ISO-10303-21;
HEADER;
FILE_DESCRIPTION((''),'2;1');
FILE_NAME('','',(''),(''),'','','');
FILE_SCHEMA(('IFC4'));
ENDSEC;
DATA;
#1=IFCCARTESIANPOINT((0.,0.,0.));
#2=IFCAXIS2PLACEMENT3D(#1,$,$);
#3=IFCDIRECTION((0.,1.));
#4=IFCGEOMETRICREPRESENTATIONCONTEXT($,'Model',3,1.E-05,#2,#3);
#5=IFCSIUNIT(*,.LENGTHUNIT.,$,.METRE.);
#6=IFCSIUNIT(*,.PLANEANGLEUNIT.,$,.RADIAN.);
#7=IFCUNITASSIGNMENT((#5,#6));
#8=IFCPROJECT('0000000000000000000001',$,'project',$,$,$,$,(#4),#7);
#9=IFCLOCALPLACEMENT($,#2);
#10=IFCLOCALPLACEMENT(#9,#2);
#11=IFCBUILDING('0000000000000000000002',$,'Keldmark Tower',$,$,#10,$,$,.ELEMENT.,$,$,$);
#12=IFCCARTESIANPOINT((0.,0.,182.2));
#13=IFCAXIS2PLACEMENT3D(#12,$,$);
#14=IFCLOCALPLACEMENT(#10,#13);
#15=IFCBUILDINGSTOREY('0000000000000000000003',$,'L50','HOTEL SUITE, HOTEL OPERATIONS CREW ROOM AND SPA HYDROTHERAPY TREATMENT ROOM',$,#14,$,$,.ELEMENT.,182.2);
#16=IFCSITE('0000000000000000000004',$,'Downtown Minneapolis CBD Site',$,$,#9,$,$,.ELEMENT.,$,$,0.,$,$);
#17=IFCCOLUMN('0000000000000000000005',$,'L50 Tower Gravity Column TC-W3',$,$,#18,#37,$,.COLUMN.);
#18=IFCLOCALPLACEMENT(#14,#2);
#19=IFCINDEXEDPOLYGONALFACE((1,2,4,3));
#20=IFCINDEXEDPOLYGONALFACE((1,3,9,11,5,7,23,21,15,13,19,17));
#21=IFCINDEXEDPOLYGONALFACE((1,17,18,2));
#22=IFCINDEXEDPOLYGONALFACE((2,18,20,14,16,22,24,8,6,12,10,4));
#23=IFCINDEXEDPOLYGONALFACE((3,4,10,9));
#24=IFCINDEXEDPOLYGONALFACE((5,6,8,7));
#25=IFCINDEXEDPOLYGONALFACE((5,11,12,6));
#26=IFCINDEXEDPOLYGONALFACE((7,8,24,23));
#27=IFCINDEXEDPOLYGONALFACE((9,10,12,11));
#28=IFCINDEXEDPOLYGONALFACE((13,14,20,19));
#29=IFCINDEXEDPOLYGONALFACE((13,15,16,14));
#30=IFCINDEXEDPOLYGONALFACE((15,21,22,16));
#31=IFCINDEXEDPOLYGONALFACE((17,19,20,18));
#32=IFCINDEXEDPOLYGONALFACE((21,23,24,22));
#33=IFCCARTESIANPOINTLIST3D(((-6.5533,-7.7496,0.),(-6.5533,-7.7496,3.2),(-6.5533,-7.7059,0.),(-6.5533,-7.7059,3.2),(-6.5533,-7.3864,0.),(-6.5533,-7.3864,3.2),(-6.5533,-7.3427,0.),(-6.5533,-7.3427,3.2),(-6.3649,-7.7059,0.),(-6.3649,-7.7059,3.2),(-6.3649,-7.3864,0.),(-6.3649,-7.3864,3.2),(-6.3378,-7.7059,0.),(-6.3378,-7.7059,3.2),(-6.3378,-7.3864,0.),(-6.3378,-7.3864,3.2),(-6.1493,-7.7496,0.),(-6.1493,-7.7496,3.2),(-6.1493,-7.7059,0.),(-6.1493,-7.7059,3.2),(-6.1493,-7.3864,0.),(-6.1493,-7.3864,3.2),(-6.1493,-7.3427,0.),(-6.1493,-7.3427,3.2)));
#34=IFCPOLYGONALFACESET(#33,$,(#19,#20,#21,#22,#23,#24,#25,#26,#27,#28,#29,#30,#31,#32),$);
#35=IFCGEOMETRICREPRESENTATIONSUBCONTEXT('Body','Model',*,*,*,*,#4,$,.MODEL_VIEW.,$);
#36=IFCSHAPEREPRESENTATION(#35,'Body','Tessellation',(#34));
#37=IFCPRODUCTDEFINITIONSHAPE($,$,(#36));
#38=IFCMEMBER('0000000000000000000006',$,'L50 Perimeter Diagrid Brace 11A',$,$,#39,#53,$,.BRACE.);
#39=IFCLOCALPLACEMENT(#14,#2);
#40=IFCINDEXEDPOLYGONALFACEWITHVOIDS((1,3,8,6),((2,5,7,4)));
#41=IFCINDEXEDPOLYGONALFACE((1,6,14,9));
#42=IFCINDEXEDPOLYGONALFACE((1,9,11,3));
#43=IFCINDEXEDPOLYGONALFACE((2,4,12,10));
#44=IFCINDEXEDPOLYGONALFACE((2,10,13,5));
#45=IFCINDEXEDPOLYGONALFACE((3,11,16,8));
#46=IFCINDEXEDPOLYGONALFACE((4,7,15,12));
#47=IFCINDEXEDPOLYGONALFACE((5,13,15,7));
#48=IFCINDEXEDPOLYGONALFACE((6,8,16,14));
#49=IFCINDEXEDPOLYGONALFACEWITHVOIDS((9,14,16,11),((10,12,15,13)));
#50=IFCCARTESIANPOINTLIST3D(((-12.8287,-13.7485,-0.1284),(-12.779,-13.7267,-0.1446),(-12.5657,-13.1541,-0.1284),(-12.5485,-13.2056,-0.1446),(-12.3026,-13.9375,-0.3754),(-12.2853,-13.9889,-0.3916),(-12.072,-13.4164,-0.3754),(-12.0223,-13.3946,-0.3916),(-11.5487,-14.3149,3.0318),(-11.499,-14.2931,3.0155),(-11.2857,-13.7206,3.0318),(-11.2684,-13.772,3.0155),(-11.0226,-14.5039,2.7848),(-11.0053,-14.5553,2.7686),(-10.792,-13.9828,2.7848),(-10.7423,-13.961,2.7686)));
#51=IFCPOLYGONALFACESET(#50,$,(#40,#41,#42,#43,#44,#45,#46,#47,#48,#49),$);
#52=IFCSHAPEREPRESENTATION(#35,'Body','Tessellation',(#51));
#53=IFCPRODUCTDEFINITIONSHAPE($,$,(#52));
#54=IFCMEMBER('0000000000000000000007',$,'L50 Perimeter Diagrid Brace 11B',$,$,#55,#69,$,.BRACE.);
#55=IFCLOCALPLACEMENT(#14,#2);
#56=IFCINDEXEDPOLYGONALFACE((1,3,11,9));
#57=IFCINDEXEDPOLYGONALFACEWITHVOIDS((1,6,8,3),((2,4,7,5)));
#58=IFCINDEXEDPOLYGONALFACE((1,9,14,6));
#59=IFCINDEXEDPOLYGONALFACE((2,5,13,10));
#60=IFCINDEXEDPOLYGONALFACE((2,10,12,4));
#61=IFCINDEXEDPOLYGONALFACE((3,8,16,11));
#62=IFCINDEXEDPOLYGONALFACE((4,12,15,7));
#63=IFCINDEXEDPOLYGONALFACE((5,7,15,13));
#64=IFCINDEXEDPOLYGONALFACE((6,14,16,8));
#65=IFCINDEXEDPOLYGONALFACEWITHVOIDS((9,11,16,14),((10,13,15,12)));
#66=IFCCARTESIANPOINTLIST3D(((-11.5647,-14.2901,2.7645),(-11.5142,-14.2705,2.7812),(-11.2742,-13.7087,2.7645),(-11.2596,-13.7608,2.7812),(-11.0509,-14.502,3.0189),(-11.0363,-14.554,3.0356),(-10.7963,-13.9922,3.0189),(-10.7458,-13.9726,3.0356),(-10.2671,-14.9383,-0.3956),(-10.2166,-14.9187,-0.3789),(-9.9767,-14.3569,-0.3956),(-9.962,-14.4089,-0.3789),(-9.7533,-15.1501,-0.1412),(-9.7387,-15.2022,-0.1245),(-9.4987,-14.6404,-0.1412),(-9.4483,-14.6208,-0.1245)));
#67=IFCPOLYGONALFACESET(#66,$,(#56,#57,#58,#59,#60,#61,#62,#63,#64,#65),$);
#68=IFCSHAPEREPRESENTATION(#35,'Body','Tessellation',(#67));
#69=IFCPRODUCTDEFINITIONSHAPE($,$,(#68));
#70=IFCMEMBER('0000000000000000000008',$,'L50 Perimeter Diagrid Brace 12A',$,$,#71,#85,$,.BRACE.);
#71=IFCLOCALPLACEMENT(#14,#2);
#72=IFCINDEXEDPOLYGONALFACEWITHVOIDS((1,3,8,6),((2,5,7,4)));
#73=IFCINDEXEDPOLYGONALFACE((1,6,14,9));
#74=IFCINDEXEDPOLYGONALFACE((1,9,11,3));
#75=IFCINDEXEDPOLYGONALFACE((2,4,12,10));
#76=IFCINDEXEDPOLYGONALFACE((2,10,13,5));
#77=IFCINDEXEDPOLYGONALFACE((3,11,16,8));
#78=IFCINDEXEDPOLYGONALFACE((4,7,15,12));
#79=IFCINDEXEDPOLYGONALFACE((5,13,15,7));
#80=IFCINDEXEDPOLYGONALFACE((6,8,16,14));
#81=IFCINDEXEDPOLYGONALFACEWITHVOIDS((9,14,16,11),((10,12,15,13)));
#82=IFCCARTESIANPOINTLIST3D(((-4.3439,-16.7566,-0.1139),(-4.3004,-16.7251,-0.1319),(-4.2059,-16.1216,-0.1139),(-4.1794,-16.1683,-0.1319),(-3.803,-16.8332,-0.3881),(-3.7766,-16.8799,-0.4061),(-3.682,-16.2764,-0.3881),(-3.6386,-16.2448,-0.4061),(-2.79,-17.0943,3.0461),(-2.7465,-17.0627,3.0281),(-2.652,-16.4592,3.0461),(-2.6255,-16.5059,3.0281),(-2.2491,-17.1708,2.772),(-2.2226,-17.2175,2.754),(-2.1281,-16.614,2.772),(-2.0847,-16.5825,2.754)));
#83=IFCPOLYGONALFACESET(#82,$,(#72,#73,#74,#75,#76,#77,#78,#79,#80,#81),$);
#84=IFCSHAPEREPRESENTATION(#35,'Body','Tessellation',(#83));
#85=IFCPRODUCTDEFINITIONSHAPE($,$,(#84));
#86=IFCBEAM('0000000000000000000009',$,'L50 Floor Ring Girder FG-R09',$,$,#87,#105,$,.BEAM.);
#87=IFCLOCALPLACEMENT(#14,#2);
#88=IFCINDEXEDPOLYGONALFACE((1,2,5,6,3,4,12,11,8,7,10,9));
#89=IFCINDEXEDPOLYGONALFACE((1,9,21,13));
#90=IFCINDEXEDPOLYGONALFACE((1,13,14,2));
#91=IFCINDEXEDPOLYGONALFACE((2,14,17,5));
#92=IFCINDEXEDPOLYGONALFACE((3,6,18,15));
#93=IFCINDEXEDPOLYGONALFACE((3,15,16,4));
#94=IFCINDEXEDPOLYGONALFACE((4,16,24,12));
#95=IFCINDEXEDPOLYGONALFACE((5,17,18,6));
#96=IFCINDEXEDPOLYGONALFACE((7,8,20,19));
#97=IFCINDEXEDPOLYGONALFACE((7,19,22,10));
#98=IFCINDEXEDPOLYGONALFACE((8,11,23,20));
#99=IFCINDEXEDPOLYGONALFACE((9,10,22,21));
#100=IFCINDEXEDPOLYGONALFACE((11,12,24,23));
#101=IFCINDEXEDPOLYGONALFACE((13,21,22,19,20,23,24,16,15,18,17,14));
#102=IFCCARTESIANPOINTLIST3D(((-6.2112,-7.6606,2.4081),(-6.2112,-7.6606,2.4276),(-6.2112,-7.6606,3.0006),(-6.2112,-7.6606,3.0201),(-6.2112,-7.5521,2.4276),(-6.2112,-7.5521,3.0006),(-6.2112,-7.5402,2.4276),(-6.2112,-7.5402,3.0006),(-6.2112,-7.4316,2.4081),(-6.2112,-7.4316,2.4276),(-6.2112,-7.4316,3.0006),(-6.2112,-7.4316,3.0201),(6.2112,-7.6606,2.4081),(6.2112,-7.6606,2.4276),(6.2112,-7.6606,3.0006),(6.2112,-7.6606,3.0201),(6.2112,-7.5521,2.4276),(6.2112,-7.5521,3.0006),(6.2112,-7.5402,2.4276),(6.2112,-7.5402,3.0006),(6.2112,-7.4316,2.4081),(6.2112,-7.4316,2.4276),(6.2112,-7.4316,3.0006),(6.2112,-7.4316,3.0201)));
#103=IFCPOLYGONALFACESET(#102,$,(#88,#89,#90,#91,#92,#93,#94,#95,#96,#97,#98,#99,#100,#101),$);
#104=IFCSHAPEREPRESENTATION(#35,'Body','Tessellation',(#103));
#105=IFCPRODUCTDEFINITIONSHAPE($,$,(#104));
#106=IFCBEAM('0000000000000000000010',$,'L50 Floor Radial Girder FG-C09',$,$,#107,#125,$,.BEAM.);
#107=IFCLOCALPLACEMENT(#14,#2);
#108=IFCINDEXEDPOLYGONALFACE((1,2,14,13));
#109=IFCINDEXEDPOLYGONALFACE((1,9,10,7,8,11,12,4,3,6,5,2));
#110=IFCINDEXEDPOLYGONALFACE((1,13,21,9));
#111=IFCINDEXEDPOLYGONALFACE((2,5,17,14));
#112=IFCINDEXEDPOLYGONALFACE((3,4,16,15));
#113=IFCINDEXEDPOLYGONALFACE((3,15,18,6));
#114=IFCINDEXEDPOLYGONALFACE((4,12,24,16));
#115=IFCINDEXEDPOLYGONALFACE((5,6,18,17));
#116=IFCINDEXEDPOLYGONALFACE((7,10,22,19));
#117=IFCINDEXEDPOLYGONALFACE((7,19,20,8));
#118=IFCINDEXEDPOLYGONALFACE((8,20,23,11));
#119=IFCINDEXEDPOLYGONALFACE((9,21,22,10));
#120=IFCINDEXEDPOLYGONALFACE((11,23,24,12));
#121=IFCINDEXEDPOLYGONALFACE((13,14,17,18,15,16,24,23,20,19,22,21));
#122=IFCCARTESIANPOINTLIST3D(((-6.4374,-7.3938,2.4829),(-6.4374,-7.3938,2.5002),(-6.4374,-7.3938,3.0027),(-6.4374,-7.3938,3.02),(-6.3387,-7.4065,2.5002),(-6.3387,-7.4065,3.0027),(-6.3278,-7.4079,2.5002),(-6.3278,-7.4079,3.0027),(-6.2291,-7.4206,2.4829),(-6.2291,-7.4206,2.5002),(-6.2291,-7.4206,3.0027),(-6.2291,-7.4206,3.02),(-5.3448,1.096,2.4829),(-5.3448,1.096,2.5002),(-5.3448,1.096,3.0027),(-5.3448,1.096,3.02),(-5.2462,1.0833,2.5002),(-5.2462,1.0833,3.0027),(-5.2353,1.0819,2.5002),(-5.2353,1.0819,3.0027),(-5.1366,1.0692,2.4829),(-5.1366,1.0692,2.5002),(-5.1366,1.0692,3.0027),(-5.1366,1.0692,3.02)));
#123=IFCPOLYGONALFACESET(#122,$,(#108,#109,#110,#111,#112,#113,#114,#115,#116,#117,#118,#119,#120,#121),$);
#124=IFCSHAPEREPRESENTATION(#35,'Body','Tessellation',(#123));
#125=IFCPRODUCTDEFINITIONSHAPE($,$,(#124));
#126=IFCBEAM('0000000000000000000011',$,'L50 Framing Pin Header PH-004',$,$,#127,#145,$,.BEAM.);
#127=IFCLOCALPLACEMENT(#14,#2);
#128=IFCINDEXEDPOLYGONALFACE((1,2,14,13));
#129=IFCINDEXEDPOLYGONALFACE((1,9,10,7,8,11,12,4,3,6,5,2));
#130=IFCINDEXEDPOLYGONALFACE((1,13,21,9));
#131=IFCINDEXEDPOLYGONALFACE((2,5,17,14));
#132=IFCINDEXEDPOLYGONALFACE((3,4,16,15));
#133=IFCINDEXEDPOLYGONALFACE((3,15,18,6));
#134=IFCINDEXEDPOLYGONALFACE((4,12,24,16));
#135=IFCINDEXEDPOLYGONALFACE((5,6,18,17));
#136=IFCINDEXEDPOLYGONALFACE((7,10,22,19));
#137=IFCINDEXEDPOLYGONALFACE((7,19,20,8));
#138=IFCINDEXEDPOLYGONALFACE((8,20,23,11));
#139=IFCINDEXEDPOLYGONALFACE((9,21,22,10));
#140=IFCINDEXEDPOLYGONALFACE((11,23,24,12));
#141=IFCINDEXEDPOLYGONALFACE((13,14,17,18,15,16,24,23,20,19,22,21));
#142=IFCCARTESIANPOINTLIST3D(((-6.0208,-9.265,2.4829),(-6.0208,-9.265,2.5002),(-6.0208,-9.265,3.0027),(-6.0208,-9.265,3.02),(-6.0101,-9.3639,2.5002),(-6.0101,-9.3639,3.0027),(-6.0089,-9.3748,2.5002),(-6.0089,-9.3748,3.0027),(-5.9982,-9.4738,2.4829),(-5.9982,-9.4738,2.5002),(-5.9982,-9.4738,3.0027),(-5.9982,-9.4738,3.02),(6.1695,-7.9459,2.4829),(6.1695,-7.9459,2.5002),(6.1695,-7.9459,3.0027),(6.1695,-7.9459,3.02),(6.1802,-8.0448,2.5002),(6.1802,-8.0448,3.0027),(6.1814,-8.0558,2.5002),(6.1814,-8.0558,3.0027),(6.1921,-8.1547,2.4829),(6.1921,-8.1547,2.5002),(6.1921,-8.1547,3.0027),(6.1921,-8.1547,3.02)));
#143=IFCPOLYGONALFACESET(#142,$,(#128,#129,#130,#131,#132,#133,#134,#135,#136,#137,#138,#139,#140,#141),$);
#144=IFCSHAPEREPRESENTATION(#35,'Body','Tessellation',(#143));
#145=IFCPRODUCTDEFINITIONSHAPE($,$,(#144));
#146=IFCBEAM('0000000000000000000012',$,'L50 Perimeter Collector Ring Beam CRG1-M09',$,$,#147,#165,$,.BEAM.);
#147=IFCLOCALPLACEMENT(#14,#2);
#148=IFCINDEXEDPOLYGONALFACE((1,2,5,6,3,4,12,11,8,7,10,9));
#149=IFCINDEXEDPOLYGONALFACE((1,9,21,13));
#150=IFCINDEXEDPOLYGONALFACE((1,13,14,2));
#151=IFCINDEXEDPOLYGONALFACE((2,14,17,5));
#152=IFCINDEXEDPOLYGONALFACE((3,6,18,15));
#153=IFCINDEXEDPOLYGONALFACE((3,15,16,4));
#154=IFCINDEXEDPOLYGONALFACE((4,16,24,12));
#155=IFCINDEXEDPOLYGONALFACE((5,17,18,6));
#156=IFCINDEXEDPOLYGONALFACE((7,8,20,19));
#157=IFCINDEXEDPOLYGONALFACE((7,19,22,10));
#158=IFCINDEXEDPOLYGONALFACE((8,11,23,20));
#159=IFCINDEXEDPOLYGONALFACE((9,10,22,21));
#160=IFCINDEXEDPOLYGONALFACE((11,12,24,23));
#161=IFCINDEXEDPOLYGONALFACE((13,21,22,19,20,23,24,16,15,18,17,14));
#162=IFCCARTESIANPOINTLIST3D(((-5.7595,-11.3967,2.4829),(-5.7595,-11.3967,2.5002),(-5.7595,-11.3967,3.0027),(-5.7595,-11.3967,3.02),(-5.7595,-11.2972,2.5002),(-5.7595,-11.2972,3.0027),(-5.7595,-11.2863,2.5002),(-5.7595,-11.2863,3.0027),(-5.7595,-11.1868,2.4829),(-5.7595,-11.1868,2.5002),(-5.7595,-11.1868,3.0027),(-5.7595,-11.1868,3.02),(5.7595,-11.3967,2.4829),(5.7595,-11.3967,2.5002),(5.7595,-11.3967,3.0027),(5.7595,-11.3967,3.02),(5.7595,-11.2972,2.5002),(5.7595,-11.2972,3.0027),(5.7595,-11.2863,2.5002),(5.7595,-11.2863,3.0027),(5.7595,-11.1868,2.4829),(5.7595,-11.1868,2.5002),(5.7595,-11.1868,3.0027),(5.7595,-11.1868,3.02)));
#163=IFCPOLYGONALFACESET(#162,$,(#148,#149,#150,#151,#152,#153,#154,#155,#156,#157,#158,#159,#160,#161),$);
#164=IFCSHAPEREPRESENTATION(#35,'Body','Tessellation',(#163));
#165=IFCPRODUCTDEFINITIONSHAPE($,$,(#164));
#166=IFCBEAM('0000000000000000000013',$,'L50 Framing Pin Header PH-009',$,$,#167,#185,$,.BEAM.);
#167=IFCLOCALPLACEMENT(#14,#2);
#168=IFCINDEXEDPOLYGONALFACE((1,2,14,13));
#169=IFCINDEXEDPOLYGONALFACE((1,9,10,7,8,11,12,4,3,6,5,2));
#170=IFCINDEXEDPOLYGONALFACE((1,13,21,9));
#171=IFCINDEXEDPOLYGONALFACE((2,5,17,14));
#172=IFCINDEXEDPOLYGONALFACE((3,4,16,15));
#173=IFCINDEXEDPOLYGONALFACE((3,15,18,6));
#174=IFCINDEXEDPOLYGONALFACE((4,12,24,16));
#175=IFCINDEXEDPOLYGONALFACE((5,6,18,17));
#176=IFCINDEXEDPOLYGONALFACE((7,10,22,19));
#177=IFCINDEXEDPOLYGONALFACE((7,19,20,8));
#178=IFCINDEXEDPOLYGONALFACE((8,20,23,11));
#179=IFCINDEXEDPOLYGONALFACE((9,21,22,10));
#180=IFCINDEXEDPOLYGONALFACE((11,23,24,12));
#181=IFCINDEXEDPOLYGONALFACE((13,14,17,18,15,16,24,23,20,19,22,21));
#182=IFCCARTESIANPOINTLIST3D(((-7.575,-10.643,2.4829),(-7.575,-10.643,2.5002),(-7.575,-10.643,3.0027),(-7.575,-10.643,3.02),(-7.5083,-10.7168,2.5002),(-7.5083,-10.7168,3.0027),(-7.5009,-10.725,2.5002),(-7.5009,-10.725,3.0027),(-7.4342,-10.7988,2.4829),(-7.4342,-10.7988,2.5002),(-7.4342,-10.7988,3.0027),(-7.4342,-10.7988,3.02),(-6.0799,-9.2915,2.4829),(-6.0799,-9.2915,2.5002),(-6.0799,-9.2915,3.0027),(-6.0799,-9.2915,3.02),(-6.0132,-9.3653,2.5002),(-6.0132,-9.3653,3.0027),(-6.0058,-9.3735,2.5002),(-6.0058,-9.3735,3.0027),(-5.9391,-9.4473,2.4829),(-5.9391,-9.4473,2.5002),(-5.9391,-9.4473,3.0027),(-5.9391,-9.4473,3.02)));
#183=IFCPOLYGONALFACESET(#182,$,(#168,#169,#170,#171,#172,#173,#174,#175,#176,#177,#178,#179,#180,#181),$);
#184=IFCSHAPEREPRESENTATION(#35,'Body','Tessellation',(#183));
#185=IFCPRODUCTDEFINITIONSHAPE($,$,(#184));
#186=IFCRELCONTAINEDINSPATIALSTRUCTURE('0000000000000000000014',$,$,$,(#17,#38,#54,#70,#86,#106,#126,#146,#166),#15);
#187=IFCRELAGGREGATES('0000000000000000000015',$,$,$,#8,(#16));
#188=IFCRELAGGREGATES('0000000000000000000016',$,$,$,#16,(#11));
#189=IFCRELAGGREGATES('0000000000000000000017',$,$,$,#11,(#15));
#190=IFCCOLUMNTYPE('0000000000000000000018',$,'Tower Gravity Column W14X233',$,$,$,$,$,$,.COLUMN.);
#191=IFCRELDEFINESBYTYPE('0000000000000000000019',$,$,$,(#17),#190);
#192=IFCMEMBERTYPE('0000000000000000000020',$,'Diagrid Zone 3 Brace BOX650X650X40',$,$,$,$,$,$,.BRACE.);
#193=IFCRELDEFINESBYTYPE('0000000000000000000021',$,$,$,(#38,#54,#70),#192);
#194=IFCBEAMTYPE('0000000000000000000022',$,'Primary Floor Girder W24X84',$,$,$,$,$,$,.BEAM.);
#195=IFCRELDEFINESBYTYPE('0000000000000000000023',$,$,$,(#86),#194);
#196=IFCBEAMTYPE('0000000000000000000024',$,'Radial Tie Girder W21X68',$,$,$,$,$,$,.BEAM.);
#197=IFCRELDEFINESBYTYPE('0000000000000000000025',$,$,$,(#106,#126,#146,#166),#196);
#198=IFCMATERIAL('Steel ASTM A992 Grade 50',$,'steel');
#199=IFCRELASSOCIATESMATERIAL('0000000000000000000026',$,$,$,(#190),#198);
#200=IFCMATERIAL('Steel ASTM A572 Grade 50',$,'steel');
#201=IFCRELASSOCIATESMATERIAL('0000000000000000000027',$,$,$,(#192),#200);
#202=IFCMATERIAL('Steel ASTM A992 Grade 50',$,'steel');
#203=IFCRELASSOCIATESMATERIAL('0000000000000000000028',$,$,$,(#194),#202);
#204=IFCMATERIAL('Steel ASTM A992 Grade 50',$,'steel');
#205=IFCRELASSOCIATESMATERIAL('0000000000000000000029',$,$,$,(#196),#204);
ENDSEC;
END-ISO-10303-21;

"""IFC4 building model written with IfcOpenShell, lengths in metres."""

from ifc_helpers import new_model, si_unit, direction, frame, origin, origin_2d, place, context, subcontext, project, spatial, hollow_rectangle, i_section, extrude, material, material_profile, profile_set, type_object, element, save


model = new_model("IFC4")

# Units and contexts
model_context = context("Model", 3, precision=1e-05, world=origin(), true_north=direction((0.0, 1.0)))
body_context = subcontext(model_context, "Body", "Model", "MODEL_VIEW")
ifc_project = project(units=[si_unit("LENGTHUNIT", "METRE"), si_unit("PLANEANGLEUNIT", "RADIAN")], contexts=[model_context])

# Site, building, storey
site_placement = place(None, origin())
site = spatial("IfcSite", under=ifc_project, at=site_placement, Name="Downtown Minneapolis CBD Site", CompositionType="ELEMENT", RefElevation=0.0)
building_placement = place(site_placement, origin())
building = spatial("IfcBuilding", under=site, at=building_placement, Name="Keldmark Tower", CompositionType="ELEMENT")
storey_placement = place(building_placement, frame((0.0, 0.0, 182.2)))
storey = spatial("IfcBuildingStorey", under=building, at=storey_placement, Name="L50", Description="HOTEL SUITE, HOTEL OPERATIONS CREW ROOM AND SPA HYDROTHERAPY TREATMENT ROOM", CompositionType="ELEMENT", Elevation=182.2)

# Column
ifc_material_1 = material(Name="Steel ASTM A992 Grade 50", Category="steel")
ifc_material_profile_1 = material_profile(ifc_material_1, i_section(OverallWidth=0.4041, OverallDepth=0.407, WebThickness=0.0271, FlangeThickness=0.0437, at=origin_2d()), Name="W14X233")
ifc_profile_set_1 = profile_set([ifc_material_profile_1], Name="Steel ASTM A992 Grade 50")
column_type = type_object("IfcColumnType", Name="Tower Gravity Column W14X233", PredefinedType="COLUMN", material=ifc_profile_set_1)
column_placement = place(storey_placement, frame((-6.3513, -7.5461, 0.0), z_axis=(0.0, 0.0, 1.0), x_axis=(1.0, 0.0, 0.0)))
element("IfcColumn", 1, at=column_placement, inside=storey, type_object=column_type, Name="L50 Tower Gravity Column TC-W3", PredefinedType="COLUMN", context=body_context, shape_type="SweptSolid", body=[
    extrude(i_section(OverallWidth=0.4041, OverallDepth=0.407, WebThickness=0.0271, FlangeThickness=0.0437, at=origin_2d()), origin(), (0.0, 0.0, 1.0), 3.2),
])

# Members
ifc_material_2 = material(Name="Steel ASTM A572 Grade 50", Category="steel")
ifc_material_profile_2 = material_profile(ifc_material_2, hollow_rectangle(XDim=0.6499, YDim=0.6499, WallThickness=0.04, at=origin_2d()), Name="BOX650X650X40")
ifc_profile_set_2 = profile_set([ifc_material_profile_2], Name="Steel ASTM A572 Grade 50")
member_type = type_object("IfcMemberType", Name="Diagrid Zone 3 Brace BOX650X650X40", PredefinedType="BRACE", material=ifc_profile_set_2)
member_1_placement = place(storey_placement, frame((-12.4255, -13.5715, -0.26), z_axis=(0.370349, -0.163877, 0.914323), x_axis=(0.404649, 0.914472, 0.0)))
element("IfcMember", 2, at=member_1_placement, inside=storey, type_object=member_type, Name="L50 Perimeter Diagrid Brace 11A", PredefinedType="BRACE", context=body_context, shape_type="SweptSolid", body=[
    extrude(hollow_rectangle(XDim=0.6499, YDim=0.6499, WallThickness=0.04, at=origin_2d()), origin(), (0.0, 0.0, 1.0), 3.4563),
])
member_2_placement = place(storey_placement, frame((-9.8577, -14.7795, -0.26), z_axis=(-0.373182, 0.186415, 0.908837), x_axis=(-0.446877, -0.894595, 0.0)))
element("IfcMember", 3, at=member_2_placement, inside=storey, type_object=member_type, Name="L50 Perimeter Diagrid Brace 11B", PredefinedType="BRACE", context=body_context, shape_type="SweptSolid", body=[
    extrude(hollow_rectangle(XDim=0.6499, YDim=0.6499, WallThickness=0.04, at=origin_2d()), origin(), (0.0, 0.0, 1.0), 3.4771),
])
member_3_placement = place(storey_placement, frame((-3.9912, -16.5007, -0.26), z_axis=(0.439255, -0.095442, 0.893278), x_axis=(0.212328, 0.977199, 0.0)))
element("IfcMember", 4, at=member_3_placement, inside=storey, type_object=member_type, Name="L50 Perimeter Diagrid Brace 12A", PredefinedType="BRACE", context=body_context, shape_type="SweptSolid", body=[
    extrude(hollow_rectangle(XDim=0.6499, YDim=0.6499, WallThickness=0.04, at=origin_2d()), origin(), (0.0, 0.0, 1.0), 3.5376),
])

# Beams
ifc_material_3 = material(Name="Steel ASTM A992 Grade 50", Category="steel")
ifc_material_profile_3 = material_profile(ifc_material_3, i_section(OverallWidth=0.229, OverallDepth=0.6121, WebThickness=0.012, FlangeThickness=0.0195, at=origin_2d()), Name="W24X84")
ifc_profile_set_3 = profile_set([ifc_material_profile_3], Name="Steel ASTM A992 Grade 50")
beam_type_1 = type_object("IfcBeamType", Name="Primary Floor Girder W24X84", PredefinedType="BEAM", material=ifc_profile_set_3)
beam_1_placement = place(storey_placement, frame((-6.2112, -7.5461, 2.7141), z_axis=(1.0, 0.0, 0.0), x_axis=(0.0, 1.0, 0.0)))
element("IfcBeam", 5, at=beam_1_placement, inside=storey, type_object=beam_type_1, Name="L50 Floor Ring Girder FG-R09", PredefinedType="BEAM", context=body_context, shape_type="SweptSolid", body=[
    extrude(i_section(OverallWidth=0.229, OverallDepth=0.6121, WebThickness=0.012, FlangeThickness=0.0195, at=origin_2d()), origin(), (0.0, 0.0, 1.0), 12.4224),
])
ifc_material_4 = material(Name="Steel ASTM A992 Grade 50", Category="steel")
ifc_material_profile_4 = material_profile(ifc_material_4, i_section(OverallWidth=0.21, OverallDepth=0.5371, WebThickness=0.011, FlangeThickness=0.0173, at=origin_2d()), Name="W21X68")
ifc_profile_set_4 = profile_set([ifc_material_profile_4], Name="Steel ASTM A992 Grade 50")
beam_type_2 = type_object("IfcBeamType", Name="Radial Tie Girder W21X68", PredefinedType="BEAM", material=ifc_profile_set_4)
beam_2_placement = place(storey_placement, frame((-6.3333, -7.4072, 2.7515), z_axis=(0.127636, 0.991821, 0.0), x_axis=(-0.991821, 0.127636, 0.0)))
element("IfcBeam", 6, at=beam_2_placement, inside=storey, type_object=beam_type_2, Name="L50 Floor Radial Girder FG-C09", PredefinedType="BEAM", context=body_context, shape_type="SweptSolid", body=[
    extrude(i_section(OverallWidth=0.21, OverallDepth=0.5371, WebThickness=0.011, FlangeThickness=0.0173, at=origin_2d()), origin(), (0.0, 0.0, 1.0), 8.5598),
])
beam_3_placement = place(storey_placement, frame((-6.0095, -9.3694, 2.7515), z_axis=(0.994197, 0.107579, 0.0), x_axis=(-0.107579, 0.994197, 0.0)))
element("IfcBeam", 7, at=beam_3_placement, inside=storey, type_object=beam_type_2, Name="L50 Framing Pin Header PH-004", PredefinedType="BEAM", context=body_context, shape_type="SweptSolid", body=[
    extrude(i_section(OverallWidth=0.21, OverallDepth=0.5371, WebThickness=0.011, FlangeThickness=0.0173, at=origin_2d()), origin(), (0.0, 0.0, 1.0), 12.2615),
])
beam_4_placement = place(storey_placement, frame((-5.7595, -11.2917, 2.7515), z_axis=(1.0, 0.0, 0.0), x_axis=(0.0, 1.0, 0.0)))
element("IfcBeam", 8, at=beam_4_placement, inside=storey, type_object=beam_type_2, Name="L50 Perimeter Collector Ring Beam CRG1-M09", PredefinedType="BEAM", context=body_context, shape_type="SweptSolid", body=[
    extrude(i_section(OverallWidth=0.21, OverallDepth=0.5371, WebThickness=0.011, FlangeThickness=0.0173, at=origin_2d()), origin(), (0.0, 0.0, 1.0), 11.519),
])
beam_5_placement = place(storey_placement, frame((-6.0095, -9.3694, 2.7515), z_axis=(-0.741823, -0.670596, 0.0), x_axis=(0.670596, -0.741823, 0.0)))
element("IfcBeam", 9, at=beam_5_placement, inside=storey, type_object=beam_type_2, Name="L50 Framing Pin Header PH-009", PredefinedType="BEAM", context=body_context, shape_type="SweptSolid", body=[
    extrude(i_section(OverallWidth=0.21, OverallDepth=0.5371, WebThickness=0.011, FlangeThickness=0.0173, at=origin_2d()), origin(), (0.0, 0.0, 1.0), 2.0154),
])

save(model, "model.ifc")
